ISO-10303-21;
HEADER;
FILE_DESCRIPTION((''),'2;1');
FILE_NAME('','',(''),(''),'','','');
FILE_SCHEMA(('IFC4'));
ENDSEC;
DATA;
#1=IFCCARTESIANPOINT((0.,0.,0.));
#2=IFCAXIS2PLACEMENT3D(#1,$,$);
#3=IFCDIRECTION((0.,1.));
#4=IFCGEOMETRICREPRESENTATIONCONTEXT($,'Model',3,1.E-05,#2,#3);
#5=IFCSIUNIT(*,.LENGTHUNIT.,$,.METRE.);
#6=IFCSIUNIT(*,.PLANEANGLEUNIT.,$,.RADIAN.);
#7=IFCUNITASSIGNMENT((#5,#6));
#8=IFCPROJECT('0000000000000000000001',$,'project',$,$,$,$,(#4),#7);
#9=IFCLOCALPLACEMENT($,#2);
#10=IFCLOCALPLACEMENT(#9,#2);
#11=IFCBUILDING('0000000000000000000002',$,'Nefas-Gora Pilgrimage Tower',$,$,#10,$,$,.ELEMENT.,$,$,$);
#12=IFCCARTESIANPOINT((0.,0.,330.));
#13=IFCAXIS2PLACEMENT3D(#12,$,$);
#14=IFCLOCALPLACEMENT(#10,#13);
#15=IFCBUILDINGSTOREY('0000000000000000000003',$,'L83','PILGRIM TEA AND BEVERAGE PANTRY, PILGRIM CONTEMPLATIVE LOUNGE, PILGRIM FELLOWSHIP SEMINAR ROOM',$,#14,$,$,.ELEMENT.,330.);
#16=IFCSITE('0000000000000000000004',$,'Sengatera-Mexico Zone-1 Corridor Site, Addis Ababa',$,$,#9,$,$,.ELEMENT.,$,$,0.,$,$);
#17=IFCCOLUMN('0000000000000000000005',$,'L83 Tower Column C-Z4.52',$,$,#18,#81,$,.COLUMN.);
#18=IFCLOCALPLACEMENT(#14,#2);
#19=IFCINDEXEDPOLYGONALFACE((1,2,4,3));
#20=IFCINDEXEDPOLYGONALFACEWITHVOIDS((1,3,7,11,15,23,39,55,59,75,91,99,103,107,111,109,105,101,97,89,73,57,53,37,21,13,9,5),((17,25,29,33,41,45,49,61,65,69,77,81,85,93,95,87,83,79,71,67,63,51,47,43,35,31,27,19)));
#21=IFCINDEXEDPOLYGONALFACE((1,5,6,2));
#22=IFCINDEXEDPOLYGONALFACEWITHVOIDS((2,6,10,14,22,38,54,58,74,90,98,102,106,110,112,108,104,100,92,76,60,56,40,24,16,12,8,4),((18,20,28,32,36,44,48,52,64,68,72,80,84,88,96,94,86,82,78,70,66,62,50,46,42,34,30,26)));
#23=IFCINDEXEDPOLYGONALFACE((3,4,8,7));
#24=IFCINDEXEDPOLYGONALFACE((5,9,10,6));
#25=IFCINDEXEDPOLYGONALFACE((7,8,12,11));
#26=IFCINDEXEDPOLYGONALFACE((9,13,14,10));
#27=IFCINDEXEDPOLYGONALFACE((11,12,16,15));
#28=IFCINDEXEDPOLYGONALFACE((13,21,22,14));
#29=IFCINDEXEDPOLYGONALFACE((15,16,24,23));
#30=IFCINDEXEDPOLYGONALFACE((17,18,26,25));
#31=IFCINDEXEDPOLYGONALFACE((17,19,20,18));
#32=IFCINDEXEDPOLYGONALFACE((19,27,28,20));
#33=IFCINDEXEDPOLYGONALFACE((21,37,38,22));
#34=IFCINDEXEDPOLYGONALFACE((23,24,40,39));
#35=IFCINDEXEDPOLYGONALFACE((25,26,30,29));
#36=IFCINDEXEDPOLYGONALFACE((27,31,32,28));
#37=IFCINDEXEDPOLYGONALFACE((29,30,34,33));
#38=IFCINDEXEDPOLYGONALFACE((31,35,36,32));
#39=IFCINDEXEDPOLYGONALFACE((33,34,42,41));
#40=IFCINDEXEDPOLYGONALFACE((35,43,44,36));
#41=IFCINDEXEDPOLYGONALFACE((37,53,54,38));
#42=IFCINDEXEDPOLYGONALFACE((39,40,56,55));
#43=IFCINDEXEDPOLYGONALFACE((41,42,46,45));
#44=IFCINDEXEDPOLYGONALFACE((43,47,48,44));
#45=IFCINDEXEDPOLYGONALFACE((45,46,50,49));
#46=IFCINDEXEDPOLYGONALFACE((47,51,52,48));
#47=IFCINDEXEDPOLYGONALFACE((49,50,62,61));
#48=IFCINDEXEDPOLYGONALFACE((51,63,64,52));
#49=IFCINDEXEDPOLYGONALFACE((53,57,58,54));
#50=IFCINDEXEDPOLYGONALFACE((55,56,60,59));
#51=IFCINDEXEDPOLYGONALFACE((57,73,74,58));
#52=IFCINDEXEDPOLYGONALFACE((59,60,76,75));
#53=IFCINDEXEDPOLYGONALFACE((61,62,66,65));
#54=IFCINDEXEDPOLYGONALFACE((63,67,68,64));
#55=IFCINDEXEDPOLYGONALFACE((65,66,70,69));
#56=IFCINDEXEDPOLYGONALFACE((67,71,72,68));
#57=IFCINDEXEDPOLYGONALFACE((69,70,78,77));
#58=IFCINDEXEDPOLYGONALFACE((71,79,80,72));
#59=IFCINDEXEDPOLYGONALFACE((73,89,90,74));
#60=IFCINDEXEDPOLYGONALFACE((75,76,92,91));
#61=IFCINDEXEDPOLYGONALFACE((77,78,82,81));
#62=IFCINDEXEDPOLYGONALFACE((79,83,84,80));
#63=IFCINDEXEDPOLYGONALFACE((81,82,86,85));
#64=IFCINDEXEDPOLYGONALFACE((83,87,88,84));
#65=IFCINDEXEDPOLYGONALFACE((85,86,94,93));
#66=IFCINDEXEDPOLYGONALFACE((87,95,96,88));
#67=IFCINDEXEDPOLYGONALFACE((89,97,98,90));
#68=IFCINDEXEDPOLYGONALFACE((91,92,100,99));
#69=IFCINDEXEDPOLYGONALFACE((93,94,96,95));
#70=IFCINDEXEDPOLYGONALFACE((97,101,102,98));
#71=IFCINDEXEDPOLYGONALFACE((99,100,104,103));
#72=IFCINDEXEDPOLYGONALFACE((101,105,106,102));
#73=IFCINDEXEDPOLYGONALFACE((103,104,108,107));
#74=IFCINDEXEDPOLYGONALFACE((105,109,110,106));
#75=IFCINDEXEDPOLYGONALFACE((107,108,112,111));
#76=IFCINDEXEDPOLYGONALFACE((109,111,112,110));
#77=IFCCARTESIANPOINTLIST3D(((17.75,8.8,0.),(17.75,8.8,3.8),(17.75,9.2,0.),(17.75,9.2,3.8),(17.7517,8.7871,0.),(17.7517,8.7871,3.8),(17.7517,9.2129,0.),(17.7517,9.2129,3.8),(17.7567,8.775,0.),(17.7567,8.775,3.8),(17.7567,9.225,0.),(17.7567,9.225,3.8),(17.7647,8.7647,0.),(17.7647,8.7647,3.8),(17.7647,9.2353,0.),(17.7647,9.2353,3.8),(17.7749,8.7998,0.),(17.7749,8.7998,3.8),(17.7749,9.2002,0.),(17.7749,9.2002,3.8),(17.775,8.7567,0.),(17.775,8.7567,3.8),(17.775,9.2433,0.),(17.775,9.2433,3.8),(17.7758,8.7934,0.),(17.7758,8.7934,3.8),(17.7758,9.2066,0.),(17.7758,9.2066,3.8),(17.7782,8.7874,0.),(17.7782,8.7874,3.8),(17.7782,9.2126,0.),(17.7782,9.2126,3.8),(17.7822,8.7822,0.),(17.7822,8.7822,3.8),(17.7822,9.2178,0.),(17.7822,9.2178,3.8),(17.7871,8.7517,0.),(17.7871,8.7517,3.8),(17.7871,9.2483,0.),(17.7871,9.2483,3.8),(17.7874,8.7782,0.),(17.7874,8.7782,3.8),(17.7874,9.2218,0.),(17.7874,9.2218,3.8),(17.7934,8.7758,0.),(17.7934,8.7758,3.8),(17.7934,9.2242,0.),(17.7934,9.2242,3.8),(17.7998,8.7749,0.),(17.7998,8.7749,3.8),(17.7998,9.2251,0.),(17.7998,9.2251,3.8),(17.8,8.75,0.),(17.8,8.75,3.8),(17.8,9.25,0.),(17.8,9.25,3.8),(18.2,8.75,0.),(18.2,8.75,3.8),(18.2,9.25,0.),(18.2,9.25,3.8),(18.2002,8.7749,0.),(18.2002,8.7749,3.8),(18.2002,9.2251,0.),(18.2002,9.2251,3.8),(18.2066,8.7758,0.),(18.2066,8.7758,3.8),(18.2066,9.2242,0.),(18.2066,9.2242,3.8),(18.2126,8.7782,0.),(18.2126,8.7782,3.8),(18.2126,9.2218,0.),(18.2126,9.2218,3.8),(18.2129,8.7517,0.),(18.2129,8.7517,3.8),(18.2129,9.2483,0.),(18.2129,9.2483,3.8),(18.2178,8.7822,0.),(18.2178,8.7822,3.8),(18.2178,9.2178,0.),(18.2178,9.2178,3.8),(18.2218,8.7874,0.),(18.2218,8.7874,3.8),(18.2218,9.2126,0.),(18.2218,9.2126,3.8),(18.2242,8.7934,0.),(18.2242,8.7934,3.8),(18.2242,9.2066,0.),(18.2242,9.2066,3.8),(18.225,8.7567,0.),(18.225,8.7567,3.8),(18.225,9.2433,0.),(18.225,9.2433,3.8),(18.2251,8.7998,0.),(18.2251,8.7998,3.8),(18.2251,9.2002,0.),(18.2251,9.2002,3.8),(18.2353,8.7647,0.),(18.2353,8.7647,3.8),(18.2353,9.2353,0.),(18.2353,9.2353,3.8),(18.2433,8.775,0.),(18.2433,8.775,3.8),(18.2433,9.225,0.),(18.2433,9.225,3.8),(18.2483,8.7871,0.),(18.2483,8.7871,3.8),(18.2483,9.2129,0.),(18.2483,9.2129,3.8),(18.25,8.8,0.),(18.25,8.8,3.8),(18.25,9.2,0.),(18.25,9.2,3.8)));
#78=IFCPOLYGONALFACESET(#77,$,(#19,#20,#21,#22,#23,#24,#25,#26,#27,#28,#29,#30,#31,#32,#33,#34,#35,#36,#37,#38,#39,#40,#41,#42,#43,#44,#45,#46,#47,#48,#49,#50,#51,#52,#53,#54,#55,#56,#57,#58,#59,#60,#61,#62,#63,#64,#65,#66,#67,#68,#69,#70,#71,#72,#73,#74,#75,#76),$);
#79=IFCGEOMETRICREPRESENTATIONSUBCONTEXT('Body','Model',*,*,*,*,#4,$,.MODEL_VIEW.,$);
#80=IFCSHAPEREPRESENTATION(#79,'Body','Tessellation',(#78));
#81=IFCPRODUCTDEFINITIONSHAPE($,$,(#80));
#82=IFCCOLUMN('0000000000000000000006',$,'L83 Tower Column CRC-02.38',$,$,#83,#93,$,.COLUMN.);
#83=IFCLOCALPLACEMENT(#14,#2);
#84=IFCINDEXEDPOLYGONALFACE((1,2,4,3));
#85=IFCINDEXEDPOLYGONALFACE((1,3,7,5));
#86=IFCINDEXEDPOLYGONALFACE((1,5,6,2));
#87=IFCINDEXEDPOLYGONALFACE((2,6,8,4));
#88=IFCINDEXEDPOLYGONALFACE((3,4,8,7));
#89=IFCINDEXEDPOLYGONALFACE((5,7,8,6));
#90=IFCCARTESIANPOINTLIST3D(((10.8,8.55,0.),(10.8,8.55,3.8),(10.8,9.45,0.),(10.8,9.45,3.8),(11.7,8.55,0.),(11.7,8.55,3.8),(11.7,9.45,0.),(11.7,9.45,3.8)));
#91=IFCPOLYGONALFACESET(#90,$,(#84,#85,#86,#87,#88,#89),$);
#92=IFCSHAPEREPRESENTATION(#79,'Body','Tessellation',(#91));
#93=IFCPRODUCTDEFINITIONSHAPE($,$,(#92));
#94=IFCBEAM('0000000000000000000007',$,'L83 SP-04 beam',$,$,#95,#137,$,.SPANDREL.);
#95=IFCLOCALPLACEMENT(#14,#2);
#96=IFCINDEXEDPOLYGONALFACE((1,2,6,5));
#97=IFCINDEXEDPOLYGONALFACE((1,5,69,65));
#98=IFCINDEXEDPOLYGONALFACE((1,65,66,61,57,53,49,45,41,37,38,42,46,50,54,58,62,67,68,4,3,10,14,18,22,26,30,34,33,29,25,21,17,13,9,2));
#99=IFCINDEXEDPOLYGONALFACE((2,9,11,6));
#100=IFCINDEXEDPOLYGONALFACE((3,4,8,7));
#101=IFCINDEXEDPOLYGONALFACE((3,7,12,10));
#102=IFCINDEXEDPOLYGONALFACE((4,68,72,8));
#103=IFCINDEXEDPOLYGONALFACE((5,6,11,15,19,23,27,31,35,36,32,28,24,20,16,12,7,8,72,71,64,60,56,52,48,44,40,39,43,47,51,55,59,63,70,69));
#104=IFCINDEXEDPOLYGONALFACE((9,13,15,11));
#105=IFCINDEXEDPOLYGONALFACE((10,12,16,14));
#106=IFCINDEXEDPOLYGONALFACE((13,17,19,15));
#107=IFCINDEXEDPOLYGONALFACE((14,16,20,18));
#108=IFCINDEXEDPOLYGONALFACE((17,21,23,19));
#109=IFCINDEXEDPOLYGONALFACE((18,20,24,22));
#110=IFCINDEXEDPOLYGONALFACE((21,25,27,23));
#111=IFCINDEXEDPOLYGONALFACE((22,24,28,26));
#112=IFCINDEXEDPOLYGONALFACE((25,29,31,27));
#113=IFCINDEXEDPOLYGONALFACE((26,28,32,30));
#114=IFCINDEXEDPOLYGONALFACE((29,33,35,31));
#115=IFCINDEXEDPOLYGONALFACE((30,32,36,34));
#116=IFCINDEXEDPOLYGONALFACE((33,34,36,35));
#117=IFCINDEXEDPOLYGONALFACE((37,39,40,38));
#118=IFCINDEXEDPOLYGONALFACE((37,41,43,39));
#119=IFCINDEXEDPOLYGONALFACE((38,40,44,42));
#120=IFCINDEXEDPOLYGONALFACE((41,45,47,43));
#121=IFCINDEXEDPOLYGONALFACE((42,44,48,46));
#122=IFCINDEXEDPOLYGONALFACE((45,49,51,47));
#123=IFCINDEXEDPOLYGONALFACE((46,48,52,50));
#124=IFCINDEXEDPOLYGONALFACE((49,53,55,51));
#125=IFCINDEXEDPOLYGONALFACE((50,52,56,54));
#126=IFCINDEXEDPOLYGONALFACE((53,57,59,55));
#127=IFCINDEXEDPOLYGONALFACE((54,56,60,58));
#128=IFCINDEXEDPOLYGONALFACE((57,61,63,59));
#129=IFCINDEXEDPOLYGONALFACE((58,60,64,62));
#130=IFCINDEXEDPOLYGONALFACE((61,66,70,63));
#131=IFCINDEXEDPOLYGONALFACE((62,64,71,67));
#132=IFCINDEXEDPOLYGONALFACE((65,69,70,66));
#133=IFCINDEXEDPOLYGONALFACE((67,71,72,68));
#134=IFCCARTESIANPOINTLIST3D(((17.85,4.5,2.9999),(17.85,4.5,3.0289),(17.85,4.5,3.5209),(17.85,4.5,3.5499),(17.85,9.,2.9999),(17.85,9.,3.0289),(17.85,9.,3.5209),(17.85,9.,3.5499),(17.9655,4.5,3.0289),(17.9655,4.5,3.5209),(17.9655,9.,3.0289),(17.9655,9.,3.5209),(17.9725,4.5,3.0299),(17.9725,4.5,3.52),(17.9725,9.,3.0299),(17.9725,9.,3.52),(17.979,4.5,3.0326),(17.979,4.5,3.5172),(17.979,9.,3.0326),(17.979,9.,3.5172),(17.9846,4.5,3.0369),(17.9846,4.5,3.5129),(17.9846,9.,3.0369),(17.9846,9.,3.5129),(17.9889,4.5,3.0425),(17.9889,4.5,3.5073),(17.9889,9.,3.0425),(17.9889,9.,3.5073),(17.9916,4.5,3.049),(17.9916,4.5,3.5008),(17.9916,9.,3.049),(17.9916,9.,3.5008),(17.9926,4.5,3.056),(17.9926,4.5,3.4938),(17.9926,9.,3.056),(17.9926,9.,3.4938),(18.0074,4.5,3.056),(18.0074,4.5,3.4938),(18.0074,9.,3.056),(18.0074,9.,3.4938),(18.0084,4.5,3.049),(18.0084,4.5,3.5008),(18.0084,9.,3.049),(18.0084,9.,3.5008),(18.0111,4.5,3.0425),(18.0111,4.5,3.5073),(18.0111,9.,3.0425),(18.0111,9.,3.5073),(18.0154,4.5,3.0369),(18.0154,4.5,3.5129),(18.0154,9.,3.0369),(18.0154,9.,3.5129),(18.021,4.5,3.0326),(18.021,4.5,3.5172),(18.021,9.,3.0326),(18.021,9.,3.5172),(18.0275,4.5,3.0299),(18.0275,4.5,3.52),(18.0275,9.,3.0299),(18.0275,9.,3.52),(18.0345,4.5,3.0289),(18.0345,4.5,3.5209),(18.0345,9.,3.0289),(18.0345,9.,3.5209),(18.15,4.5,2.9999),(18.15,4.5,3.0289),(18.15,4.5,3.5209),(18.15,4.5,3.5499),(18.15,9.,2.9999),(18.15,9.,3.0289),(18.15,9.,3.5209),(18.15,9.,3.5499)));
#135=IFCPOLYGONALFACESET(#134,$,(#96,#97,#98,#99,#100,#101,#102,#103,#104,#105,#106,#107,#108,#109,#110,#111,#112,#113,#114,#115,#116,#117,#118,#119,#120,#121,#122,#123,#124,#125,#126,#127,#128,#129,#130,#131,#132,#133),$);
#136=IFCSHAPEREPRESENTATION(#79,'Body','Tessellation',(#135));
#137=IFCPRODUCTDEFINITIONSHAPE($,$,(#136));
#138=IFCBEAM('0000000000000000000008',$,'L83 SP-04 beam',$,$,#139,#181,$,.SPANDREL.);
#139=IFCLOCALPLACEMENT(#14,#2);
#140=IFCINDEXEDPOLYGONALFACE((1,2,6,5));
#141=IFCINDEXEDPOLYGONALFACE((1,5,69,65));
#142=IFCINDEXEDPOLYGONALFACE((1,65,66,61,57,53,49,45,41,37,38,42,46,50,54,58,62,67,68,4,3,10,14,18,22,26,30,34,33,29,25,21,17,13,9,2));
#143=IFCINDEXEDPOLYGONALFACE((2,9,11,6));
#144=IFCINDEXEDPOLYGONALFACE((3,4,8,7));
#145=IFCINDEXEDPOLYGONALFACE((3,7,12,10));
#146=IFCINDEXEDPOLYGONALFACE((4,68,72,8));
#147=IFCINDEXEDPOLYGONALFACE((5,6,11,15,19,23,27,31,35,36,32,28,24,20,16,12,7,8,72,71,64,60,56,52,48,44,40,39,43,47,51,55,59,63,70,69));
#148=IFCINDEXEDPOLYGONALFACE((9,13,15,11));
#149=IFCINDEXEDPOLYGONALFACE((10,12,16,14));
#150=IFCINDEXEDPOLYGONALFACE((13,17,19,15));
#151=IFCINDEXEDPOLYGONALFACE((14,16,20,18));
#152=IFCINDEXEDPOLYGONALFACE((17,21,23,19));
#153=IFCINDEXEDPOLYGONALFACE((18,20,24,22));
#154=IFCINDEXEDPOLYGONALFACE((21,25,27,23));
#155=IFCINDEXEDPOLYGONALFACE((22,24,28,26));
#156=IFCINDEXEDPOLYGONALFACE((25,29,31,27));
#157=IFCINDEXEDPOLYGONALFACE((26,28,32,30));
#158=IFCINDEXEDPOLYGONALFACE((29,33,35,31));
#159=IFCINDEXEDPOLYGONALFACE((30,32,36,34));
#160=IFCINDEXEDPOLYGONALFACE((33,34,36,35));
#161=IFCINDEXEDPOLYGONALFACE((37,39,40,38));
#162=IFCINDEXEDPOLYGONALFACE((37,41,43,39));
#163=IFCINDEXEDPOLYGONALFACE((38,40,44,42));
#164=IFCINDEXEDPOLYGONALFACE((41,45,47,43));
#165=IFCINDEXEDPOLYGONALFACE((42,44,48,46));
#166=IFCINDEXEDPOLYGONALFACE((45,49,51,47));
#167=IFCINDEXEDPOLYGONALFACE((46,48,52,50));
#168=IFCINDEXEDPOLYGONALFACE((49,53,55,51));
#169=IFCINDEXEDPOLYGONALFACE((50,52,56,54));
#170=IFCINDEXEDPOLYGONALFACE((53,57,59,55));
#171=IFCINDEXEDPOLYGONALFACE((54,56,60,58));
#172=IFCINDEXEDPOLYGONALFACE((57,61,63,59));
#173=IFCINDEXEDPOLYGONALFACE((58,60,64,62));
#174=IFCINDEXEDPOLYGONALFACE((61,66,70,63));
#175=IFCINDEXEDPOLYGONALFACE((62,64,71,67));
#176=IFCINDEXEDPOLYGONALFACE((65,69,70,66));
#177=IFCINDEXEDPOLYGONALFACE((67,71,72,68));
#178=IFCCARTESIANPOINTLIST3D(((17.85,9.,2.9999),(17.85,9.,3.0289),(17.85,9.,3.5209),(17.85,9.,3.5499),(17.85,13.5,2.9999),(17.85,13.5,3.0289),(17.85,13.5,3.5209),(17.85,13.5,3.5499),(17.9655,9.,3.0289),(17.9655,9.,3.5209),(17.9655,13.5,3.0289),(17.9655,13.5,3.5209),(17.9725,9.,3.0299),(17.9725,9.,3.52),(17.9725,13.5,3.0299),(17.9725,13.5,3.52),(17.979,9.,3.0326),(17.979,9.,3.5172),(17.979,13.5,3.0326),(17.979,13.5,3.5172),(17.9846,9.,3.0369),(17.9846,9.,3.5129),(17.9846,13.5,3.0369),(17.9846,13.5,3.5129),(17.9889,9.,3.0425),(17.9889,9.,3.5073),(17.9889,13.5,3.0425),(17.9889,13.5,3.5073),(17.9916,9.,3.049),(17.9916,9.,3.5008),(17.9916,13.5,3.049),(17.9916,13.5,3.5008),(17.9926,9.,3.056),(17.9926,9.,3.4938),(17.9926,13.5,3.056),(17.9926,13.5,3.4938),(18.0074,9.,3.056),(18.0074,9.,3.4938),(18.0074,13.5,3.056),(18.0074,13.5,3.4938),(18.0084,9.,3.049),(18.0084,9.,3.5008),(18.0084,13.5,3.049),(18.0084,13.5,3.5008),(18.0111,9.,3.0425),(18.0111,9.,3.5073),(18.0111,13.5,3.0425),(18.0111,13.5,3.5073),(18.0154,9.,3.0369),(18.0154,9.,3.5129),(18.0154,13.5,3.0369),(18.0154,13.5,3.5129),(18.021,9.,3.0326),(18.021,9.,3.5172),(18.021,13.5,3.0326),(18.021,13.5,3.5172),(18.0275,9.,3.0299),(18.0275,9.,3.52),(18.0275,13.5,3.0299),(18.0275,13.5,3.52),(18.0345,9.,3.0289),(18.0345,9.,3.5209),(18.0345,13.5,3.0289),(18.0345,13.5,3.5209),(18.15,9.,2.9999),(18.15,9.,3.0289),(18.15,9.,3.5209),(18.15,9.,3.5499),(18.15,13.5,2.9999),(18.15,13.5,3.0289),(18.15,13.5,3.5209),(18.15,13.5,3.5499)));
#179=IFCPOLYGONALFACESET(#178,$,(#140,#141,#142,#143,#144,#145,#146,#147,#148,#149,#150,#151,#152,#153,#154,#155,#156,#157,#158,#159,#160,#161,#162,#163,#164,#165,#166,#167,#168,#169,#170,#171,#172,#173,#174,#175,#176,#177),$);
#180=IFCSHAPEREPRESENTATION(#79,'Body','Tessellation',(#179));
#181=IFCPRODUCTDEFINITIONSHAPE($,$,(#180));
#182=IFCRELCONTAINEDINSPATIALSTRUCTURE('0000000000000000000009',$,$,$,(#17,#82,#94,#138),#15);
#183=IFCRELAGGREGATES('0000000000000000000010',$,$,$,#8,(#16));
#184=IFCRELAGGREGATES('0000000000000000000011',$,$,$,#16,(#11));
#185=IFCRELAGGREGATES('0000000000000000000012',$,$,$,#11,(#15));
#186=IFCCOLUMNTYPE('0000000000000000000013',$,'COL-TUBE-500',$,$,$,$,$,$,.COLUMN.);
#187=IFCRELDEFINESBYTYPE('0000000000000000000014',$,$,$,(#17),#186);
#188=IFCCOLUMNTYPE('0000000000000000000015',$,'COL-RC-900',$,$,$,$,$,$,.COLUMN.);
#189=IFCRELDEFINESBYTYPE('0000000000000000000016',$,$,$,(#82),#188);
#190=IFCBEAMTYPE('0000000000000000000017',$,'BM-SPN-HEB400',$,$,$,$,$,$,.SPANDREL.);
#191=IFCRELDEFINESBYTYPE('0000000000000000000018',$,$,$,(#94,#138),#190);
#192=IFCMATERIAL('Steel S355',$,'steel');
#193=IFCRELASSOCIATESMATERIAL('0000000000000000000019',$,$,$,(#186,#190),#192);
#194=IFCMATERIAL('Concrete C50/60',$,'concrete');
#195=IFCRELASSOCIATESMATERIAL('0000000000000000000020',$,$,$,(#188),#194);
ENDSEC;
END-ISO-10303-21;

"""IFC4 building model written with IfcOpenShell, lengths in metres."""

from ifc_helpers import new_model, si_unit, direction, frame, origin, origin_2d, place, context, subcontext, project, spatial, rectangle, hollow_rectangle, i_section, extrude, source, transform, mapped, material, material_profile, profile_set, type_object, element, save


model = new_model("IFC4")

# Units and contexts
model_context = context("Model", 3, precision=1e-05, world=origin(), true_north=direction((0.0, 1.0)))
body_context = subcontext(model_context, "Body", "Model", "MODEL_VIEW")
ifc_project = project(units=[si_unit("LENGTHUNIT", "METRE"), si_unit("PLANEANGLEUNIT", "RADIAN")], contexts=[model_context])

# Site, building, storey
site_placement = place(None, origin())
site = spatial("IfcSite", under=ifc_project, at=site_placement, Name="Sengatera-Mexico Zone-1 Corridor Site, Addis Ababa", CompositionType="ELEMENT", RefElevation=0.0)
building_placement = place(site_placement, origin())
building = spatial("IfcBuilding", under=site, at=building_placement, Name="Nefas-Gora Pilgrimage Tower", CompositionType="ELEMENT")
storey_placement = place(building_placement, frame((0.0, 0.0, 330.0)))
storey = spatial("IfcBuildingStorey", under=building, at=storey_placement, Name="L83", Description="PILGRIM TEA AND BEVERAGE PANTRY, PILGRIM CONTEMPLATIVE LOUNGE, PILGRIM FELLOWSHIP SEMINAR ROOM", CompositionType="ELEMENT", Elevation=330.0)

# Columns
ifc_material_1 = material(Name="Steel S355", Category="steel")
ifc_material_profile_1 = material_profile(ifc_material_1, hollow_rectangle(XDim=0.5, YDim=0.5, WallThickness=0.0249, InnerFilletRadius=0.0249, OuterFilletRadius=0.05, at=origin_2d()), Name="SHS 500x500x25")
ifc_profile_set_1 = profile_set([ifc_material_profile_1], Name="Steel S355")
column_type_1 = type_object("IfcColumnType", Name="COL-TUBE-500", PredefinedType="COLUMN", material=ifc_profile_set_1)
shared_shape_1 = source(origin(), body_context, "Body", "SweptSolid", [
    extrude(hollow_rectangle(XDim=0.5, YDim=0.5, WallThickness=0.0249, InnerFilletRadius=0.0249, OuterFilletRadius=0.05, at=origin_2d()), origin(), (0.0, 0.0, 1.0), 3.8),
])
for number, where, z_axis, x_axis, name in (
    (1, (18.0, 9.0, 0.0), (0.0, 0.0, 1.0), (1.0, 0.0, 0.0), "L83 Tower Column C-Z4.52"),
):
    element("IfcColumn", number, at=place(storey_placement, frame(where, z_axis=z_axis, x_axis=x_axis)), inside=storey, type_object=column_type_1, Name=name, PredefinedType="COLUMN", context=body_context, shape_type="MappedRepresentation", body=[
        mapped(shared_shape_1, transform((0.0, 0.0, 0.0), x_axis=(1.0, 0.0, 0.0), y_axis=(0.0, 1.0, 0.0), z_axis=(0.0, 0.0, 1.0), scale=1.0)),
    ])
ifc_material_2 = material(Name="Concrete C50/60", Category="concrete")
ifc_material_profile_2 = material_profile(ifc_material_2, rectangle(XDim=0.8999, YDim=0.8999, at=origin_2d()), Name="RC 900x900")
ifc_profile_set_2 = profile_set([ifc_material_profile_2], Name="Concrete C50/60")
column_type_2 = type_object("IfcColumnType", Name="COL-RC-900", PredefinedType="COLUMN", material=ifc_profile_set_2)
shared_shape_2 = source(origin(), body_context, "Body", "SweptSolid", [
    extrude(rectangle(XDim=0.8999, YDim=0.8999, at=origin_2d()), origin(), (0.0, 0.0, 1.0), 3.8),
])
column_placement = place(storey_placement, frame((11.25, 9.0, 0.0), z_axis=(0.0, 0.0, 1.0), x_axis=(1.0, 0.0, 0.0)))
element("IfcColumn", 2, at=column_placement, inside=storey, type_object=column_type_2, Name="L83 Tower Column CRC-02.38", PredefinedType="COLUMN", context=body_context, shape_type="MappedRepresentation", body=[
    mapped(shared_shape_2, transform((0.0, 0.0, 0.0), x_axis=(1.0, 0.0, 0.0), y_axis=(0.0, 1.0, 0.0), z_axis=(0.0, 0.0, 1.0), scale=1.0)),
])

# Beams
ifc_material_profile_3 = material_profile(ifc_material_1, i_section(OverallWidth=0.3, OverallDepth=0.55, WebThickness=0.0149, FlangeThickness=0.0291, FilletRadius=0.0271, at=origin_2d()), Name="HEB 550")
ifc_profile_set_3 = profile_set([ifc_material_profile_3], Name="Steel S355")
beam_type_1 = type_object("IfcBeamType", Name="BM-SPN-HEB400", PredefinedType="SPANDREL", material=ifc_profile_set_3)
shared_shape_3 = source(origin(), body_context, "Body", "SweptSolid", [
    extrude(i_section(OverallWidth=0.3, OverallDepth=0.55, WebThickness=0.0149, FlangeThickness=0.0291, FilletRadius=0.0271, at=origin_2d()), origin(), (0.0, 0.0, 1.0), 4.5),
])
for number, where, z_axis, x_axis, name in (
    (3, (18.0, 4.5, 3.2749), (0.0, 1.0, 0.0), (-1.0, 0.0, 0.0), "L83 SP-04 beam"),
    (4, (18.0, 9.0, 3.2749), (0.0, 1.0, 0.0), (-1.0, 0.0, 0.0), "L83 SP-04 beam"),
):
    element("IfcBeam", number, at=place(storey_placement, frame(where, z_axis=z_axis, x_axis=x_axis)), inside=storey, type_object=beam_type_1, Name=name, PredefinedType="SPANDREL", context=body_context, shape_type="MappedRepresentation", body=[
        mapped(shared_shape_3, transform((0.0, 0.0, 0.0), x_axis=(1.0, 0.0, 0.0), y_axis=(0.0, 1.0, 0.0), z_axis=(0.0, 0.0, 1.0), scale=1.0)),
    ])

save(model, "model.ifc")
